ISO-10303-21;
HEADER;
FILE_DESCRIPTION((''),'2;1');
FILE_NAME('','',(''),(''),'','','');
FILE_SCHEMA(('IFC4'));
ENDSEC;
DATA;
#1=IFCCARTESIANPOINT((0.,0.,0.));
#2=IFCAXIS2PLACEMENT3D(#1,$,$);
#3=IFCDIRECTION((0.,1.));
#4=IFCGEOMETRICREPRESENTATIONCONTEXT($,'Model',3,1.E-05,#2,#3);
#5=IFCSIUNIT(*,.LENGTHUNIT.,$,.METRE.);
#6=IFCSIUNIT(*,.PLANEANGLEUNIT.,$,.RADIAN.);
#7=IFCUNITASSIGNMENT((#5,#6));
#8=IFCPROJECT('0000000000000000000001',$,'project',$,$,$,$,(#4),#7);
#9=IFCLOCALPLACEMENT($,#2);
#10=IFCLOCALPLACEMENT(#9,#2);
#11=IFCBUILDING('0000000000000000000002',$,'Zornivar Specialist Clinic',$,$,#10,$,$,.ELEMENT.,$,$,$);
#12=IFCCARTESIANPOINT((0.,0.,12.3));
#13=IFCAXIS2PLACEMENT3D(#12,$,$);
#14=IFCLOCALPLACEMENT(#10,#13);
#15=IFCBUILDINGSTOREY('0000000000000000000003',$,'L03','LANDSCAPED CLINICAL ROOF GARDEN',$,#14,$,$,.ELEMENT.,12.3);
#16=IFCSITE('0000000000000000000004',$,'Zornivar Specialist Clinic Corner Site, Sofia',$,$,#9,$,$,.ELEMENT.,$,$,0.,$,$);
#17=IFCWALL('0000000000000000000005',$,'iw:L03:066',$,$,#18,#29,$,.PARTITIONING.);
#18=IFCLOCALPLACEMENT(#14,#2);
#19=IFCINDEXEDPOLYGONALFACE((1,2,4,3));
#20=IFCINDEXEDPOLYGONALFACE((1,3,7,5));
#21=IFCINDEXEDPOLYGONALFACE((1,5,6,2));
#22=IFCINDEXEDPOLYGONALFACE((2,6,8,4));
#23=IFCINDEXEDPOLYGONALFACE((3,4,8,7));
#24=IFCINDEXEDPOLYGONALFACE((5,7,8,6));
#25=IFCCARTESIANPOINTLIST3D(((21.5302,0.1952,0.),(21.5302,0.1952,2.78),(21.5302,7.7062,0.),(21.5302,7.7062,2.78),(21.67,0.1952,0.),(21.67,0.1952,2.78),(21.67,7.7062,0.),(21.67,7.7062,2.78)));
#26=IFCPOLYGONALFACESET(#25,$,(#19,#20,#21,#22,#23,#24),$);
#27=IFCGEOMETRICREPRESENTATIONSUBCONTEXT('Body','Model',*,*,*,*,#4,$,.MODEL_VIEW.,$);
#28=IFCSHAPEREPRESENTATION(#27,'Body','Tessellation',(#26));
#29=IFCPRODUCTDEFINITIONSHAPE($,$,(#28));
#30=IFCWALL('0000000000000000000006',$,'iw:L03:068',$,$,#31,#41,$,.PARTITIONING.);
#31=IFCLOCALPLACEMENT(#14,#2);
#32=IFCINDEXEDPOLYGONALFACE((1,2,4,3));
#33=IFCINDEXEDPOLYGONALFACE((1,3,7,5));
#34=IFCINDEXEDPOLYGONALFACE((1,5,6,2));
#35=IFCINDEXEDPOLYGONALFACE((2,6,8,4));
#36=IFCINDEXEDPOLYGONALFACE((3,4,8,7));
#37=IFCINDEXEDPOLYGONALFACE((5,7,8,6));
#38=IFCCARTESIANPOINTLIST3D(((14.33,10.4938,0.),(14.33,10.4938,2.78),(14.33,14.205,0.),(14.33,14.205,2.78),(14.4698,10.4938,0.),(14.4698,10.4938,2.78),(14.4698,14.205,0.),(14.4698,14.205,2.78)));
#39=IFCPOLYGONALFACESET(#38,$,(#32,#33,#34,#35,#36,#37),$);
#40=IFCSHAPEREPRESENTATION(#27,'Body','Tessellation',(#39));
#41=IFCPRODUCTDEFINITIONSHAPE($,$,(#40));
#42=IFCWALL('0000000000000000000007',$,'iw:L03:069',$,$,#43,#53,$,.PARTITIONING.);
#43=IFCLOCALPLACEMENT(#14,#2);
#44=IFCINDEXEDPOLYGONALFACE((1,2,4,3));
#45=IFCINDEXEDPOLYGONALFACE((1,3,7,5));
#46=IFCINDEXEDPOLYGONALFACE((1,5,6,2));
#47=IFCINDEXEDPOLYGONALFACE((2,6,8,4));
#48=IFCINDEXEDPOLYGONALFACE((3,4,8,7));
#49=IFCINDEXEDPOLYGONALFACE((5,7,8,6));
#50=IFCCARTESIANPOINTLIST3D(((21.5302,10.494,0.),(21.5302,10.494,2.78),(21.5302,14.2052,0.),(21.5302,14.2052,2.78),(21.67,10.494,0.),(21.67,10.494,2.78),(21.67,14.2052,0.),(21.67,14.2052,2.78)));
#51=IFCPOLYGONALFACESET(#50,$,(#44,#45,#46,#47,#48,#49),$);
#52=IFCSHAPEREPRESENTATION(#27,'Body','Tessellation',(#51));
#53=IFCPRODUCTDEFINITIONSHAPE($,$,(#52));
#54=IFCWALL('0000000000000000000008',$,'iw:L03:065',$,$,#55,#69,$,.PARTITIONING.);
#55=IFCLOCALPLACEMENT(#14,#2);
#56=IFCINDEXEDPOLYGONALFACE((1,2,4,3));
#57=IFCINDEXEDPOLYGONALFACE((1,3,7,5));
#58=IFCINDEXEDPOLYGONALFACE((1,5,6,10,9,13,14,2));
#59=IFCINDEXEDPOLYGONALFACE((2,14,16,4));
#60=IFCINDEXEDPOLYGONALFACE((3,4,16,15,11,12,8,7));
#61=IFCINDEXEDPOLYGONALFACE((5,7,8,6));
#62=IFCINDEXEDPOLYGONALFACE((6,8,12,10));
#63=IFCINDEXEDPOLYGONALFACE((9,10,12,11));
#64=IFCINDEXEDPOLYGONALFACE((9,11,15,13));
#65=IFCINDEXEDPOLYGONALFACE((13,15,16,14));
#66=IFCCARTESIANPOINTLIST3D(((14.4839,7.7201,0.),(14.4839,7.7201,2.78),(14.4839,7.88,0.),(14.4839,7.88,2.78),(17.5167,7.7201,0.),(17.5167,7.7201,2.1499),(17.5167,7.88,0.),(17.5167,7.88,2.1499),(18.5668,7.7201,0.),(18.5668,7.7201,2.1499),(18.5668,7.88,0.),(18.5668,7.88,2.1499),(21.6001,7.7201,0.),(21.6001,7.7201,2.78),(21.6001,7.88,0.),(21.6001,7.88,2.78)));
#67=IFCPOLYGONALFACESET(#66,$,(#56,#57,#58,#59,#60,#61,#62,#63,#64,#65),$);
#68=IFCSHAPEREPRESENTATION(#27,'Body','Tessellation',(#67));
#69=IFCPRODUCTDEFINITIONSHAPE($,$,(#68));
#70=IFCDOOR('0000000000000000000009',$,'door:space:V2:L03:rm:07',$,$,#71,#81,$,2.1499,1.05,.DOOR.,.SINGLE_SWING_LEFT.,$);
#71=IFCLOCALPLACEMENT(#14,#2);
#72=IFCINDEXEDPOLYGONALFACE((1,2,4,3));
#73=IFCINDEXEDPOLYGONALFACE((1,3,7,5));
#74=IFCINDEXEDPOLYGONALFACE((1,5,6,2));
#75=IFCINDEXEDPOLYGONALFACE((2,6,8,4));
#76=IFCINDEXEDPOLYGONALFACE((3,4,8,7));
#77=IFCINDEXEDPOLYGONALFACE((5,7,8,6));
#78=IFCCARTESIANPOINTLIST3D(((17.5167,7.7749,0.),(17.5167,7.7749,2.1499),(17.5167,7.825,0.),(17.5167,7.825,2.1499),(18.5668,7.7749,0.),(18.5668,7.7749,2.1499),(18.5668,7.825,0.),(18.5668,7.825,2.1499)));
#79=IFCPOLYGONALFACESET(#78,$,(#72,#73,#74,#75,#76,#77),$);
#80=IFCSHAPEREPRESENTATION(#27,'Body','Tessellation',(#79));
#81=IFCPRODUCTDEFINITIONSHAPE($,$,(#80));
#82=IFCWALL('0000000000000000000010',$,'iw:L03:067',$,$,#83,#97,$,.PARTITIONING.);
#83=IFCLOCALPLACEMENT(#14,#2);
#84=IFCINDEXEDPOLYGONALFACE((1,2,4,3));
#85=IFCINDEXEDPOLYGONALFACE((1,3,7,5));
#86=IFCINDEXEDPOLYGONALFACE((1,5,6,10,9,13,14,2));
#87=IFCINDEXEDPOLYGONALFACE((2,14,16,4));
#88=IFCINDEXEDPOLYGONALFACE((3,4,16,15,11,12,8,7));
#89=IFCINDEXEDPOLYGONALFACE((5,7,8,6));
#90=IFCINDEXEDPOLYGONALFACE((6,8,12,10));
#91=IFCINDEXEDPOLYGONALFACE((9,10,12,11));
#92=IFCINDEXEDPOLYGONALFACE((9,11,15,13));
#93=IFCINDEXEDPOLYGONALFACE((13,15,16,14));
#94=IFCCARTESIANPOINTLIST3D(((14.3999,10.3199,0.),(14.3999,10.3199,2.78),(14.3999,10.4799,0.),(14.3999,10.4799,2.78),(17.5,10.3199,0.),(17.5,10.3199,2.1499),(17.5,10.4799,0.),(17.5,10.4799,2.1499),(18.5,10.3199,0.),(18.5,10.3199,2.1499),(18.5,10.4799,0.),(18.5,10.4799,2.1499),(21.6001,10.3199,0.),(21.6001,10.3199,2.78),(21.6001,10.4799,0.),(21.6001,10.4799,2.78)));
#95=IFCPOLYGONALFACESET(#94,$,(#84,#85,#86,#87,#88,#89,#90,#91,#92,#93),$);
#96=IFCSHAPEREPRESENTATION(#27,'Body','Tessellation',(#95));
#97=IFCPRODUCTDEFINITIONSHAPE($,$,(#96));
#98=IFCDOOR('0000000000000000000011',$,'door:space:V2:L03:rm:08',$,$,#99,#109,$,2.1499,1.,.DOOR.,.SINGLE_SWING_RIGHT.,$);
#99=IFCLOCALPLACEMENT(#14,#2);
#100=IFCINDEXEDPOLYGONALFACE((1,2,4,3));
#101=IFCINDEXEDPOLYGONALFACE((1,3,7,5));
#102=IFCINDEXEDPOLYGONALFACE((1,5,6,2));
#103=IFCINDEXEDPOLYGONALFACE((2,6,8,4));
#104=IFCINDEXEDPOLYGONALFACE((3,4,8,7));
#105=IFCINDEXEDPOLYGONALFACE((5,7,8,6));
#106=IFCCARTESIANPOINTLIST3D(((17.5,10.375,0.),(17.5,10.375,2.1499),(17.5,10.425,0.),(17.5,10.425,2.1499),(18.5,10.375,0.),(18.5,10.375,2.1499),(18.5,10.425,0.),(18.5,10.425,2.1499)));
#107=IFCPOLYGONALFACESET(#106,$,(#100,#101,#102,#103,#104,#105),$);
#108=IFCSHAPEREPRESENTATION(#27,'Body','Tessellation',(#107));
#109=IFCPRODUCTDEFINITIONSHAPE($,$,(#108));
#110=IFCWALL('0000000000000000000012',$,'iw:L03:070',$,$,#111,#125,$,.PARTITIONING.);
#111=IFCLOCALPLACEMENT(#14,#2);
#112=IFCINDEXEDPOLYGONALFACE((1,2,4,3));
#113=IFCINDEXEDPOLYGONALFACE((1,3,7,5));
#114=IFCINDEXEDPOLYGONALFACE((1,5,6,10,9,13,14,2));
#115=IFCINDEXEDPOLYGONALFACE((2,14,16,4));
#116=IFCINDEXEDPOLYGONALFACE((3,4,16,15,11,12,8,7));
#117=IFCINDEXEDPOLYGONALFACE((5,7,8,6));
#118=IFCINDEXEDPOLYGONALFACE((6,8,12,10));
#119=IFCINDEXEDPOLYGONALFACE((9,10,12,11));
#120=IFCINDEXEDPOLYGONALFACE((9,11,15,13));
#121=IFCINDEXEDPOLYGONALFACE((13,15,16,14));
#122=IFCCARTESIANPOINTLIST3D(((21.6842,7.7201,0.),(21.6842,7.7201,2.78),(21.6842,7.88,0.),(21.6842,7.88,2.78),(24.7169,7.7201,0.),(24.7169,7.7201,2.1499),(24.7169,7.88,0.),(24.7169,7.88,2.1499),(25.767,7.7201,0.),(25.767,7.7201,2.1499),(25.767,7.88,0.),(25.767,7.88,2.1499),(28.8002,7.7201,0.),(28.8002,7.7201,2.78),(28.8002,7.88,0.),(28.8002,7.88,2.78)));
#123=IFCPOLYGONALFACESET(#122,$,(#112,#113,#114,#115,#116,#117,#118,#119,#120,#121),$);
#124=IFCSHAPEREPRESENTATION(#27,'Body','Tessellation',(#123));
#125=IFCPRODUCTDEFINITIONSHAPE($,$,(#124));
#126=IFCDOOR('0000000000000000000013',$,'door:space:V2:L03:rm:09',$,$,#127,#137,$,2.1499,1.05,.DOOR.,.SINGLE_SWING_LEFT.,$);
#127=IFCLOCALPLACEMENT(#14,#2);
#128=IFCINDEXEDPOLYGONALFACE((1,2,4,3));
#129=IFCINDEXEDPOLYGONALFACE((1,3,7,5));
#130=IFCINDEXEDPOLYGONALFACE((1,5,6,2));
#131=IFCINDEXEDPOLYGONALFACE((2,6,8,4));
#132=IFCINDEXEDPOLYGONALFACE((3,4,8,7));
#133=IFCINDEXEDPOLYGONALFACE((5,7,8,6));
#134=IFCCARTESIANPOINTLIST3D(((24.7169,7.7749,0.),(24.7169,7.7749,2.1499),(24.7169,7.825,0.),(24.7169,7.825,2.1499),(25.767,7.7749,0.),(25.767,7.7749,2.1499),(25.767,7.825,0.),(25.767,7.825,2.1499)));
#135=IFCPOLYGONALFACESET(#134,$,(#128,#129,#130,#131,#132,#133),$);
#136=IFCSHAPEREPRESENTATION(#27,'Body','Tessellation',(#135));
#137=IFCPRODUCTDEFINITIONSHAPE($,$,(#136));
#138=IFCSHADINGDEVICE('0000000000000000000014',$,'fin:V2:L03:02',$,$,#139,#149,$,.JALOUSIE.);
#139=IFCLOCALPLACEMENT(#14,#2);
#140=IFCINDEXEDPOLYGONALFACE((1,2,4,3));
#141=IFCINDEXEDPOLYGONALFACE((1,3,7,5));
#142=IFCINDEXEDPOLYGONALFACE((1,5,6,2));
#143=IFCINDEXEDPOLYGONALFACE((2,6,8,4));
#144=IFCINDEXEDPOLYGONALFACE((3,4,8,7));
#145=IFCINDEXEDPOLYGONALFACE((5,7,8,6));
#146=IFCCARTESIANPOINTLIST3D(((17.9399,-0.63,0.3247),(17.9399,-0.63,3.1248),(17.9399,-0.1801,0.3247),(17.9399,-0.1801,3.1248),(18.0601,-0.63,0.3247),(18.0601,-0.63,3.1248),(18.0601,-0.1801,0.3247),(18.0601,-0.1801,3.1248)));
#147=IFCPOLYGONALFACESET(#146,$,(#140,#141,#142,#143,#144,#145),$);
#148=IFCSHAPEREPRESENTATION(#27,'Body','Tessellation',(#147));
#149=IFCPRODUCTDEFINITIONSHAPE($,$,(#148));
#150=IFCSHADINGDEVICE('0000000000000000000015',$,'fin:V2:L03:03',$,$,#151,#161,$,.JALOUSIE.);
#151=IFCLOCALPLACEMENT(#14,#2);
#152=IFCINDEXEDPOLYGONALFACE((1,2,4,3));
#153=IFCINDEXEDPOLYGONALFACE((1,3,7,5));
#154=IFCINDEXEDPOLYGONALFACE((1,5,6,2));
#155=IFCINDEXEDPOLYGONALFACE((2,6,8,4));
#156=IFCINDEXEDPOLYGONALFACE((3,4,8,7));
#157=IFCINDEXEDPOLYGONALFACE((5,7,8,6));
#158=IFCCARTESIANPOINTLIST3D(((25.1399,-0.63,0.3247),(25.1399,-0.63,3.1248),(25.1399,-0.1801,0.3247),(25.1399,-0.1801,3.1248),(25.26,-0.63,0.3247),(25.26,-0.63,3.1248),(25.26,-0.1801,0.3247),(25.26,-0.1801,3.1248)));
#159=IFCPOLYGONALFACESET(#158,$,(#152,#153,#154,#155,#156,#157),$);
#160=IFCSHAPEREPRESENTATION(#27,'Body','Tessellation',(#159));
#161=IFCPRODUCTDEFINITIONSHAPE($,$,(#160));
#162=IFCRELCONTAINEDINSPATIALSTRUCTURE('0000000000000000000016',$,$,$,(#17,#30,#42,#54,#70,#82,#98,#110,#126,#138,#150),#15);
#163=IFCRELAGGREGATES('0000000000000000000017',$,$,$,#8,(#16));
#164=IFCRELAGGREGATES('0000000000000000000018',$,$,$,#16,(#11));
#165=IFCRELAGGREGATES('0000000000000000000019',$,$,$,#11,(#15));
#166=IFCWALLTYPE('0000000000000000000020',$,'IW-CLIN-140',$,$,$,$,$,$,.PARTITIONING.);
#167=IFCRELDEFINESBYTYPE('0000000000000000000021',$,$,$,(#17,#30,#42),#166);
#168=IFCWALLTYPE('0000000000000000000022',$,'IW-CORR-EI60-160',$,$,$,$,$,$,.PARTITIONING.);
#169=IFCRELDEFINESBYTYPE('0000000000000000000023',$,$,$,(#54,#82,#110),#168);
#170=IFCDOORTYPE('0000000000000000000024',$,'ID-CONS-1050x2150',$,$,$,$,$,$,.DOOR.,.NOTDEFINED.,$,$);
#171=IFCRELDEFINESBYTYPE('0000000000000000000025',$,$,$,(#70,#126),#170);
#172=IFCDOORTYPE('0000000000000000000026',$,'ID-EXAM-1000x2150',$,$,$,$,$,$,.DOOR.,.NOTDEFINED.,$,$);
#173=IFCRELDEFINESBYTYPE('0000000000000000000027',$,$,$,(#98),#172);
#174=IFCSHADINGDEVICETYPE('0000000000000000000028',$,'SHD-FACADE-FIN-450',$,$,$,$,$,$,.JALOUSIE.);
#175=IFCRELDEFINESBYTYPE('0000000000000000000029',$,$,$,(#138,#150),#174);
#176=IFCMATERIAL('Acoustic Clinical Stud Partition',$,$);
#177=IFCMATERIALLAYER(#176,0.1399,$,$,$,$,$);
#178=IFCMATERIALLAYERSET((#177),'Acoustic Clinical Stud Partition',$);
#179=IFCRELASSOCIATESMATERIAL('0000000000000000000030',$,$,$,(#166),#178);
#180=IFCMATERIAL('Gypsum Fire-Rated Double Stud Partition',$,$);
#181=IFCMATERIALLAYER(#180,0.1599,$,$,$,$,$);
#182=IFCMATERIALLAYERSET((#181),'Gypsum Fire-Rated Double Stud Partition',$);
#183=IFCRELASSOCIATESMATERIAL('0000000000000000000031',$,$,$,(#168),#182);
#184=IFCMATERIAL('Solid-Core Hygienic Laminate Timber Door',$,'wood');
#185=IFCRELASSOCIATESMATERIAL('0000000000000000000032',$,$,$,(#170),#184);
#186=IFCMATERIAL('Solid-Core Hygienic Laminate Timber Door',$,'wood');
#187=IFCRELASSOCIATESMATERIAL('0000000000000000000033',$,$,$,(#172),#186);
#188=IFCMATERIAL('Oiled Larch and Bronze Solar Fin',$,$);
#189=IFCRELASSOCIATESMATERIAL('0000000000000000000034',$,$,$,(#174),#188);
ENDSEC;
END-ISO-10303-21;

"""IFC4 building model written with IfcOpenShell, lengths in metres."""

from ifc_helpers import new_model, si_unit, direction, frame, frame_2d, origin, origin_2d, place, context, subcontext, project, spatial, rectangle, extrude, material, layer, layer_set, type_object, element, fill, save


model = new_model("IFC4")

# Units and contexts
model_context = context("Model", 3, precision=1e-05, world=origin(), true_north=direction((0.0, 1.0)))
body_context = subcontext(model_context, "Body", "Model", "MODEL_VIEW")
ifc_project = project(units=[si_unit("LENGTHUNIT", "METRE"), si_unit("PLANEANGLEUNIT", "RADIAN")], contexts=[model_context])

# Site, building, storey
site_placement = place(None, origin())
site = spatial("IfcSite", under=ifc_project, at=site_placement, Name="Zornivar Specialist Clinic Corner Site, Sofia", CompositionType="ELEMENT", RefElevation=0.0)
building_placement = place(site_placement, origin())
building = spatial("IfcBuilding", under=site, at=building_placement, Name="Zornivar Specialist Clinic", CompositionType="ELEMENT")
storey_placement = place(building_placement, frame((0.0, 0.0, 12.3)))
storey = spatial("IfcBuildingStorey", under=building, at=storey_placement, Name="L03", Description="LANDSCAPED CLINICAL ROOF GARDEN", CompositionType="ELEMENT", Elevation=12.3)

# Walls
ifc_material_1 = material(Name="Acoustic Clinical Stud Partition")
ifc_layer_1 = layer(ifc_material_1, 0.1399)
ifc_layer_set_1 = layer_set([ifc_layer_1], Name="Acoustic Clinical Stud Partition")
wall_type_1 = type_object("IfcWallType", Name="IW-CLIN-140", PredefinedType="PARTITIONING", material=ifc_layer_set_1)
wall_1_placement = place(storey_placement, frame((21.6001, 7.7061, 0.0), z_axis=(0.0, 0.0, 1.0), x_axis=(0.0, -1.0, 0.0)))
element("IfcWall", 1, at=wall_1_placement, inside=storey, type_object=wall_type_1, Name="iw:L03:066", PredefinedType="PARTITIONING", context=body_context, shape_type="SweptSolid", body=[
    extrude(rectangle(XDim=7.511, YDim=0.1399, at=frame_2d((3.7554, 0.0))), origin(), (0.0, 0.0, 1.0), 2.78),
])
for number, where, z_axis, x_axis, name in (
    (2, (14.3999, 10.4939, 0.0), (0.0, 0.0, 1.0), (0.0, 1.0, 0.0), "iw:L03:068"),
    (3, (21.6001, 14.2051, 0.0), (0.0, 0.0, 1.0), (0.0, -1.0, 0.0), "iw:L03:069"),
):
    element("IfcWall", number, at=place(storey_placement, frame(where, z_axis=z_axis, x_axis=x_axis)), inside=storey, type_object=wall_type_1, Name=name, PredefinedType="PARTITIONING", context=body_context, shape_type="SweptSolid", body=[
        extrude(rectangle(XDim=3.7112, YDim=0.1399, at=frame_2d((1.8555, 0.0))), origin(), (0.0, 0.0, 1.0), 2.78),
    ])

# Walls, openings, doors
ifc_material_2 = material(Name="Gypsum Fire-Rated Double Stud Partition")
ifc_layer_2 = layer(ifc_material_2, 0.1599)
ifc_layer_set_2 = layer_set([ifc_layer_2], Name="Gypsum Fire-Rated Double Stud Partition")
wall_type_2 = type_object("IfcWallType", Name="IW-CORR-EI60-160", PredefinedType="PARTITIONING", material=ifc_layer_set_2)
wall_2_placement = place(storey_placement, frame((14.4839, 7.8, 0.0), z_axis=(0.0, 0.0, 1.0), x_axis=(1.0, 0.0, 0.0)))
wall_2 = element("IfcWall", 4, at=wall_2_placement, inside=storey, type_object=wall_type_2, Name="iw:L03:065", PredefinedType="PARTITIONING", context=body_context, shape_type="SweptSolid", body=[
    extrude(rectangle(XDim=7.1162, YDim=0.1599, at=frame_2d((3.5581, 0.0))), origin(), (0.0, 0.0, 1.0), 2.78),
])
opening_1_placement = place(wall_2_placement, frame((3.033, 0.0, 0.0)))
opening_1 = element("IfcOpeningElement", 5, at=opening_1_placement, cuts=wall_2, PredefinedType="OPENING", context=body_context, shape_type="SweptSolid", body=[
    extrude(rectangle(XDim=1.05, YDim=2.1499, at=frame_2d((0.5249, 1.075))), frame((0.0, 0.0898, 0.0), z_axis=(0.0, -1.0, 0.0), x_axis=(1.0, 0.0, 0.0)), (0.0, 0.0, 1.0), 0.1799),
])
ifc_material_3 = material(Name="Solid-Core Hygienic Laminate Timber Door", Category="wood")
door_type_1 = type_object("IfcDoorType", Name="ID-CONS-1050x2150", OperationType="NOTDEFINED", PredefinedType="DOOR", material=ifc_material_3)
door_1_placement = place(opening_1_placement, origin())
door_1 = element("IfcDoor", 6, at=door_1_placement, inside=storey, type_object=door_type_1, Name="door:space:V2:L03:rm:07", OperationType="SINGLE_SWING_LEFT", OverallHeight=2.1499, OverallWidth=1.05, PredefinedType="DOOR", context=body_context, shape_type="SweptSolid", body=[
    extrude(rectangle(XDim=1.05, YDim=2.1499, at=frame_2d((0.5249, 1.075))), frame((0.0, 0.0249, 0.0), z_axis=(0.0, -1.0, 0.0), x_axis=(1.0, 0.0, 0.0)), (0.0, 0.0, 1.0), 0.05),
])
fill(opening_1, door_1)
wall_3_placement = place(storey_placement, frame((21.6001, 10.3999, 0.0), z_axis=(0.0, 0.0, 1.0), x_axis=(-1.0, 0.0, 0.0)))
wall_3 = element("IfcWall", 7, at=wall_3_placement, inside=storey, type_object=wall_type_2, Name="iw:L03:067", PredefinedType="PARTITIONING", context=body_context, shape_type="SweptSolid", body=[
    extrude(rectangle(XDim=7.2002, YDim=0.1599, at=frame_2d((3.6001, 0.0))), origin(), (0.0, 0.0, 1.0), 2.78),
])
opening_2_placement = place(wall_3_placement, frame((3.1001, 0.0, 0.0)))
opening_2 = element("IfcOpeningElement", 8, at=opening_2_placement, cuts=wall_3, PredefinedType="OPENING", context=body_context, shape_type="SweptSolid", body=[
    extrude(rectangle(XDim=1.0, YDim=2.1499, at=frame_2d((0.5, 1.075))), frame((0.0, 0.0898, 0.0), z_axis=(0.0, -1.0, 0.0), x_axis=(1.0, 0.0, 0.0)), (0.0, 0.0, 1.0), 0.1799),
])
ifc_material_4 = material(Name="Solid-Core Hygienic Laminate Timber Door", Category="wood")
door_type_2 = type_object("IfcDoorType", Name="ID-EXAM-1000x2150", OperationType="NOTDEFINED", PredefinedType="DOOR", material=ifc_material_4)
door_2_placement = place(opening_2_placement, origin())
door_2 = element("IfcDoor", 9, at=door_2_placement, inside=storey, type_object=door_type_2, Name="door:space:V2:L03:rm:08", OperationType="SINGLE_SWING_RIGHT", OverallHeight=2.1499, OverallWidth=1.0, PredefinedType="DOOR", context=body_context, shape_type="SweptSolid", body=[
    extrude(rectangle(XDim=1.0, YDim=2.1499, at=frame_2d((0.5, 1.075))), frame((0.0, 0.0249, 0.0), z_axis=(0.0, -1.0, 0.0), x_axis=(1.0, 0.0, 0.0)), (0.0, 0.0, 1.0), 0.05),
])
fill(opening_2, door_2)
wall_4_placement = place(storey_placement, frame((21.6841, 7.8, 0.0), z_axis=(0.0, 0.0, 1.0), x_axis=(1.0, 0.0, 0.0)))
wall_4 = element("IfcWall", 10, at=wall_4_placement, inside=storey, type_object=wall_type_2, Name="iw:L03:070", PredefinedType="PARTITIONING", context=body_context, shape_type="SweptSolid", body=[
    extrude(rectangle(XDim=7.116, YDim=0.1599, at=frame_2d((3.5581, 0.0))), origin(), (0.0, 0.0, 1.0), 2.78),
])
opening_3_placement = place(wall_4_placement, frame((3.033, 0.0, 0.0)))
opening_3 = element("IfcOpeningElement", 11, at=opening_3_placement, cuts=wall_4, PredefinedType="OPENING", context=body_context, shape_type="SweptSolid", body=[
    extrude(rectangle(XDim=1.05, YDim=2.1499, at=frame_2d((0.5249, 1.075))), frame((0.0, 0.0898, 0.0), z_axis=(0.0, -1.0, 0.0), x_axis=(1.0, 0.0, 0.0)), (0.0, 0.0, 1.0), 0.1799),
])
door_3_placement = place(opening_3_placement, origin())
door_3 = element("IfcDoor", 12, at=door_3_placement, inside=storey, type_object=door_type_1, Name="door:space:V2:L03:rm:09", OperationType="SINGLE_SWING_LEFT", OverallHeight=2.1499, OverallWidth=1.05, PredefinedType="DOOR", context=body_context, shape_type="SweptSolid", body=[
    extrude(rectangle(XDim=1.05, YDim=2.1499, at=frame_2d((0.5249, 1.075))), frame((0.0, 0.0249, 0.0), z_axis=(0.0, -1.0, 0.0), x_axis=(1.0, 0.0, 0.0)), (0.0, 0.0, 1.0), 0.05),
])
fill(opening_3, door_3)

# Shading devices
ifc_material_5 = material(Name="Oiled Larch and Bronze Solar Fin")
shading_device_type = type_object("IfcShadingDeviceType", Name="SHD-FACADE-FIN-450", PredefinedType="JALOUSIE", material=ifc_material_5)
for number, where, z_axis, x_axis, name in (
    (13, (18.0, -0.405, 0.3247), (0.0, 0.0, 1.0), (1.0, 0.0, 0.0), "fin:V2:L03:02"),
    (14, (25.2, -0.405, 0.3247), (0.0, 0.0, 1.0), (1.0, 0.0, 0.0), "fin:V2:L03:03"),
):
    element("IfcShadingDevice", number, at=place(storey_placement, frame(where, z_axis=z_axis, x_axis=x_axis)), inside=storey, type_object=shading_device_type, Name=name, PredefinedType="JALOUSIE", context=body_context, shape_type="SweptSolid", body=[
        extrude(rectangle(XDim=0.1201, YDim=0.45, at=origin_2d()), origin(), (0.0, 0.0, 1.0), 2.8),
    ])

save(model, "model.ifc")
